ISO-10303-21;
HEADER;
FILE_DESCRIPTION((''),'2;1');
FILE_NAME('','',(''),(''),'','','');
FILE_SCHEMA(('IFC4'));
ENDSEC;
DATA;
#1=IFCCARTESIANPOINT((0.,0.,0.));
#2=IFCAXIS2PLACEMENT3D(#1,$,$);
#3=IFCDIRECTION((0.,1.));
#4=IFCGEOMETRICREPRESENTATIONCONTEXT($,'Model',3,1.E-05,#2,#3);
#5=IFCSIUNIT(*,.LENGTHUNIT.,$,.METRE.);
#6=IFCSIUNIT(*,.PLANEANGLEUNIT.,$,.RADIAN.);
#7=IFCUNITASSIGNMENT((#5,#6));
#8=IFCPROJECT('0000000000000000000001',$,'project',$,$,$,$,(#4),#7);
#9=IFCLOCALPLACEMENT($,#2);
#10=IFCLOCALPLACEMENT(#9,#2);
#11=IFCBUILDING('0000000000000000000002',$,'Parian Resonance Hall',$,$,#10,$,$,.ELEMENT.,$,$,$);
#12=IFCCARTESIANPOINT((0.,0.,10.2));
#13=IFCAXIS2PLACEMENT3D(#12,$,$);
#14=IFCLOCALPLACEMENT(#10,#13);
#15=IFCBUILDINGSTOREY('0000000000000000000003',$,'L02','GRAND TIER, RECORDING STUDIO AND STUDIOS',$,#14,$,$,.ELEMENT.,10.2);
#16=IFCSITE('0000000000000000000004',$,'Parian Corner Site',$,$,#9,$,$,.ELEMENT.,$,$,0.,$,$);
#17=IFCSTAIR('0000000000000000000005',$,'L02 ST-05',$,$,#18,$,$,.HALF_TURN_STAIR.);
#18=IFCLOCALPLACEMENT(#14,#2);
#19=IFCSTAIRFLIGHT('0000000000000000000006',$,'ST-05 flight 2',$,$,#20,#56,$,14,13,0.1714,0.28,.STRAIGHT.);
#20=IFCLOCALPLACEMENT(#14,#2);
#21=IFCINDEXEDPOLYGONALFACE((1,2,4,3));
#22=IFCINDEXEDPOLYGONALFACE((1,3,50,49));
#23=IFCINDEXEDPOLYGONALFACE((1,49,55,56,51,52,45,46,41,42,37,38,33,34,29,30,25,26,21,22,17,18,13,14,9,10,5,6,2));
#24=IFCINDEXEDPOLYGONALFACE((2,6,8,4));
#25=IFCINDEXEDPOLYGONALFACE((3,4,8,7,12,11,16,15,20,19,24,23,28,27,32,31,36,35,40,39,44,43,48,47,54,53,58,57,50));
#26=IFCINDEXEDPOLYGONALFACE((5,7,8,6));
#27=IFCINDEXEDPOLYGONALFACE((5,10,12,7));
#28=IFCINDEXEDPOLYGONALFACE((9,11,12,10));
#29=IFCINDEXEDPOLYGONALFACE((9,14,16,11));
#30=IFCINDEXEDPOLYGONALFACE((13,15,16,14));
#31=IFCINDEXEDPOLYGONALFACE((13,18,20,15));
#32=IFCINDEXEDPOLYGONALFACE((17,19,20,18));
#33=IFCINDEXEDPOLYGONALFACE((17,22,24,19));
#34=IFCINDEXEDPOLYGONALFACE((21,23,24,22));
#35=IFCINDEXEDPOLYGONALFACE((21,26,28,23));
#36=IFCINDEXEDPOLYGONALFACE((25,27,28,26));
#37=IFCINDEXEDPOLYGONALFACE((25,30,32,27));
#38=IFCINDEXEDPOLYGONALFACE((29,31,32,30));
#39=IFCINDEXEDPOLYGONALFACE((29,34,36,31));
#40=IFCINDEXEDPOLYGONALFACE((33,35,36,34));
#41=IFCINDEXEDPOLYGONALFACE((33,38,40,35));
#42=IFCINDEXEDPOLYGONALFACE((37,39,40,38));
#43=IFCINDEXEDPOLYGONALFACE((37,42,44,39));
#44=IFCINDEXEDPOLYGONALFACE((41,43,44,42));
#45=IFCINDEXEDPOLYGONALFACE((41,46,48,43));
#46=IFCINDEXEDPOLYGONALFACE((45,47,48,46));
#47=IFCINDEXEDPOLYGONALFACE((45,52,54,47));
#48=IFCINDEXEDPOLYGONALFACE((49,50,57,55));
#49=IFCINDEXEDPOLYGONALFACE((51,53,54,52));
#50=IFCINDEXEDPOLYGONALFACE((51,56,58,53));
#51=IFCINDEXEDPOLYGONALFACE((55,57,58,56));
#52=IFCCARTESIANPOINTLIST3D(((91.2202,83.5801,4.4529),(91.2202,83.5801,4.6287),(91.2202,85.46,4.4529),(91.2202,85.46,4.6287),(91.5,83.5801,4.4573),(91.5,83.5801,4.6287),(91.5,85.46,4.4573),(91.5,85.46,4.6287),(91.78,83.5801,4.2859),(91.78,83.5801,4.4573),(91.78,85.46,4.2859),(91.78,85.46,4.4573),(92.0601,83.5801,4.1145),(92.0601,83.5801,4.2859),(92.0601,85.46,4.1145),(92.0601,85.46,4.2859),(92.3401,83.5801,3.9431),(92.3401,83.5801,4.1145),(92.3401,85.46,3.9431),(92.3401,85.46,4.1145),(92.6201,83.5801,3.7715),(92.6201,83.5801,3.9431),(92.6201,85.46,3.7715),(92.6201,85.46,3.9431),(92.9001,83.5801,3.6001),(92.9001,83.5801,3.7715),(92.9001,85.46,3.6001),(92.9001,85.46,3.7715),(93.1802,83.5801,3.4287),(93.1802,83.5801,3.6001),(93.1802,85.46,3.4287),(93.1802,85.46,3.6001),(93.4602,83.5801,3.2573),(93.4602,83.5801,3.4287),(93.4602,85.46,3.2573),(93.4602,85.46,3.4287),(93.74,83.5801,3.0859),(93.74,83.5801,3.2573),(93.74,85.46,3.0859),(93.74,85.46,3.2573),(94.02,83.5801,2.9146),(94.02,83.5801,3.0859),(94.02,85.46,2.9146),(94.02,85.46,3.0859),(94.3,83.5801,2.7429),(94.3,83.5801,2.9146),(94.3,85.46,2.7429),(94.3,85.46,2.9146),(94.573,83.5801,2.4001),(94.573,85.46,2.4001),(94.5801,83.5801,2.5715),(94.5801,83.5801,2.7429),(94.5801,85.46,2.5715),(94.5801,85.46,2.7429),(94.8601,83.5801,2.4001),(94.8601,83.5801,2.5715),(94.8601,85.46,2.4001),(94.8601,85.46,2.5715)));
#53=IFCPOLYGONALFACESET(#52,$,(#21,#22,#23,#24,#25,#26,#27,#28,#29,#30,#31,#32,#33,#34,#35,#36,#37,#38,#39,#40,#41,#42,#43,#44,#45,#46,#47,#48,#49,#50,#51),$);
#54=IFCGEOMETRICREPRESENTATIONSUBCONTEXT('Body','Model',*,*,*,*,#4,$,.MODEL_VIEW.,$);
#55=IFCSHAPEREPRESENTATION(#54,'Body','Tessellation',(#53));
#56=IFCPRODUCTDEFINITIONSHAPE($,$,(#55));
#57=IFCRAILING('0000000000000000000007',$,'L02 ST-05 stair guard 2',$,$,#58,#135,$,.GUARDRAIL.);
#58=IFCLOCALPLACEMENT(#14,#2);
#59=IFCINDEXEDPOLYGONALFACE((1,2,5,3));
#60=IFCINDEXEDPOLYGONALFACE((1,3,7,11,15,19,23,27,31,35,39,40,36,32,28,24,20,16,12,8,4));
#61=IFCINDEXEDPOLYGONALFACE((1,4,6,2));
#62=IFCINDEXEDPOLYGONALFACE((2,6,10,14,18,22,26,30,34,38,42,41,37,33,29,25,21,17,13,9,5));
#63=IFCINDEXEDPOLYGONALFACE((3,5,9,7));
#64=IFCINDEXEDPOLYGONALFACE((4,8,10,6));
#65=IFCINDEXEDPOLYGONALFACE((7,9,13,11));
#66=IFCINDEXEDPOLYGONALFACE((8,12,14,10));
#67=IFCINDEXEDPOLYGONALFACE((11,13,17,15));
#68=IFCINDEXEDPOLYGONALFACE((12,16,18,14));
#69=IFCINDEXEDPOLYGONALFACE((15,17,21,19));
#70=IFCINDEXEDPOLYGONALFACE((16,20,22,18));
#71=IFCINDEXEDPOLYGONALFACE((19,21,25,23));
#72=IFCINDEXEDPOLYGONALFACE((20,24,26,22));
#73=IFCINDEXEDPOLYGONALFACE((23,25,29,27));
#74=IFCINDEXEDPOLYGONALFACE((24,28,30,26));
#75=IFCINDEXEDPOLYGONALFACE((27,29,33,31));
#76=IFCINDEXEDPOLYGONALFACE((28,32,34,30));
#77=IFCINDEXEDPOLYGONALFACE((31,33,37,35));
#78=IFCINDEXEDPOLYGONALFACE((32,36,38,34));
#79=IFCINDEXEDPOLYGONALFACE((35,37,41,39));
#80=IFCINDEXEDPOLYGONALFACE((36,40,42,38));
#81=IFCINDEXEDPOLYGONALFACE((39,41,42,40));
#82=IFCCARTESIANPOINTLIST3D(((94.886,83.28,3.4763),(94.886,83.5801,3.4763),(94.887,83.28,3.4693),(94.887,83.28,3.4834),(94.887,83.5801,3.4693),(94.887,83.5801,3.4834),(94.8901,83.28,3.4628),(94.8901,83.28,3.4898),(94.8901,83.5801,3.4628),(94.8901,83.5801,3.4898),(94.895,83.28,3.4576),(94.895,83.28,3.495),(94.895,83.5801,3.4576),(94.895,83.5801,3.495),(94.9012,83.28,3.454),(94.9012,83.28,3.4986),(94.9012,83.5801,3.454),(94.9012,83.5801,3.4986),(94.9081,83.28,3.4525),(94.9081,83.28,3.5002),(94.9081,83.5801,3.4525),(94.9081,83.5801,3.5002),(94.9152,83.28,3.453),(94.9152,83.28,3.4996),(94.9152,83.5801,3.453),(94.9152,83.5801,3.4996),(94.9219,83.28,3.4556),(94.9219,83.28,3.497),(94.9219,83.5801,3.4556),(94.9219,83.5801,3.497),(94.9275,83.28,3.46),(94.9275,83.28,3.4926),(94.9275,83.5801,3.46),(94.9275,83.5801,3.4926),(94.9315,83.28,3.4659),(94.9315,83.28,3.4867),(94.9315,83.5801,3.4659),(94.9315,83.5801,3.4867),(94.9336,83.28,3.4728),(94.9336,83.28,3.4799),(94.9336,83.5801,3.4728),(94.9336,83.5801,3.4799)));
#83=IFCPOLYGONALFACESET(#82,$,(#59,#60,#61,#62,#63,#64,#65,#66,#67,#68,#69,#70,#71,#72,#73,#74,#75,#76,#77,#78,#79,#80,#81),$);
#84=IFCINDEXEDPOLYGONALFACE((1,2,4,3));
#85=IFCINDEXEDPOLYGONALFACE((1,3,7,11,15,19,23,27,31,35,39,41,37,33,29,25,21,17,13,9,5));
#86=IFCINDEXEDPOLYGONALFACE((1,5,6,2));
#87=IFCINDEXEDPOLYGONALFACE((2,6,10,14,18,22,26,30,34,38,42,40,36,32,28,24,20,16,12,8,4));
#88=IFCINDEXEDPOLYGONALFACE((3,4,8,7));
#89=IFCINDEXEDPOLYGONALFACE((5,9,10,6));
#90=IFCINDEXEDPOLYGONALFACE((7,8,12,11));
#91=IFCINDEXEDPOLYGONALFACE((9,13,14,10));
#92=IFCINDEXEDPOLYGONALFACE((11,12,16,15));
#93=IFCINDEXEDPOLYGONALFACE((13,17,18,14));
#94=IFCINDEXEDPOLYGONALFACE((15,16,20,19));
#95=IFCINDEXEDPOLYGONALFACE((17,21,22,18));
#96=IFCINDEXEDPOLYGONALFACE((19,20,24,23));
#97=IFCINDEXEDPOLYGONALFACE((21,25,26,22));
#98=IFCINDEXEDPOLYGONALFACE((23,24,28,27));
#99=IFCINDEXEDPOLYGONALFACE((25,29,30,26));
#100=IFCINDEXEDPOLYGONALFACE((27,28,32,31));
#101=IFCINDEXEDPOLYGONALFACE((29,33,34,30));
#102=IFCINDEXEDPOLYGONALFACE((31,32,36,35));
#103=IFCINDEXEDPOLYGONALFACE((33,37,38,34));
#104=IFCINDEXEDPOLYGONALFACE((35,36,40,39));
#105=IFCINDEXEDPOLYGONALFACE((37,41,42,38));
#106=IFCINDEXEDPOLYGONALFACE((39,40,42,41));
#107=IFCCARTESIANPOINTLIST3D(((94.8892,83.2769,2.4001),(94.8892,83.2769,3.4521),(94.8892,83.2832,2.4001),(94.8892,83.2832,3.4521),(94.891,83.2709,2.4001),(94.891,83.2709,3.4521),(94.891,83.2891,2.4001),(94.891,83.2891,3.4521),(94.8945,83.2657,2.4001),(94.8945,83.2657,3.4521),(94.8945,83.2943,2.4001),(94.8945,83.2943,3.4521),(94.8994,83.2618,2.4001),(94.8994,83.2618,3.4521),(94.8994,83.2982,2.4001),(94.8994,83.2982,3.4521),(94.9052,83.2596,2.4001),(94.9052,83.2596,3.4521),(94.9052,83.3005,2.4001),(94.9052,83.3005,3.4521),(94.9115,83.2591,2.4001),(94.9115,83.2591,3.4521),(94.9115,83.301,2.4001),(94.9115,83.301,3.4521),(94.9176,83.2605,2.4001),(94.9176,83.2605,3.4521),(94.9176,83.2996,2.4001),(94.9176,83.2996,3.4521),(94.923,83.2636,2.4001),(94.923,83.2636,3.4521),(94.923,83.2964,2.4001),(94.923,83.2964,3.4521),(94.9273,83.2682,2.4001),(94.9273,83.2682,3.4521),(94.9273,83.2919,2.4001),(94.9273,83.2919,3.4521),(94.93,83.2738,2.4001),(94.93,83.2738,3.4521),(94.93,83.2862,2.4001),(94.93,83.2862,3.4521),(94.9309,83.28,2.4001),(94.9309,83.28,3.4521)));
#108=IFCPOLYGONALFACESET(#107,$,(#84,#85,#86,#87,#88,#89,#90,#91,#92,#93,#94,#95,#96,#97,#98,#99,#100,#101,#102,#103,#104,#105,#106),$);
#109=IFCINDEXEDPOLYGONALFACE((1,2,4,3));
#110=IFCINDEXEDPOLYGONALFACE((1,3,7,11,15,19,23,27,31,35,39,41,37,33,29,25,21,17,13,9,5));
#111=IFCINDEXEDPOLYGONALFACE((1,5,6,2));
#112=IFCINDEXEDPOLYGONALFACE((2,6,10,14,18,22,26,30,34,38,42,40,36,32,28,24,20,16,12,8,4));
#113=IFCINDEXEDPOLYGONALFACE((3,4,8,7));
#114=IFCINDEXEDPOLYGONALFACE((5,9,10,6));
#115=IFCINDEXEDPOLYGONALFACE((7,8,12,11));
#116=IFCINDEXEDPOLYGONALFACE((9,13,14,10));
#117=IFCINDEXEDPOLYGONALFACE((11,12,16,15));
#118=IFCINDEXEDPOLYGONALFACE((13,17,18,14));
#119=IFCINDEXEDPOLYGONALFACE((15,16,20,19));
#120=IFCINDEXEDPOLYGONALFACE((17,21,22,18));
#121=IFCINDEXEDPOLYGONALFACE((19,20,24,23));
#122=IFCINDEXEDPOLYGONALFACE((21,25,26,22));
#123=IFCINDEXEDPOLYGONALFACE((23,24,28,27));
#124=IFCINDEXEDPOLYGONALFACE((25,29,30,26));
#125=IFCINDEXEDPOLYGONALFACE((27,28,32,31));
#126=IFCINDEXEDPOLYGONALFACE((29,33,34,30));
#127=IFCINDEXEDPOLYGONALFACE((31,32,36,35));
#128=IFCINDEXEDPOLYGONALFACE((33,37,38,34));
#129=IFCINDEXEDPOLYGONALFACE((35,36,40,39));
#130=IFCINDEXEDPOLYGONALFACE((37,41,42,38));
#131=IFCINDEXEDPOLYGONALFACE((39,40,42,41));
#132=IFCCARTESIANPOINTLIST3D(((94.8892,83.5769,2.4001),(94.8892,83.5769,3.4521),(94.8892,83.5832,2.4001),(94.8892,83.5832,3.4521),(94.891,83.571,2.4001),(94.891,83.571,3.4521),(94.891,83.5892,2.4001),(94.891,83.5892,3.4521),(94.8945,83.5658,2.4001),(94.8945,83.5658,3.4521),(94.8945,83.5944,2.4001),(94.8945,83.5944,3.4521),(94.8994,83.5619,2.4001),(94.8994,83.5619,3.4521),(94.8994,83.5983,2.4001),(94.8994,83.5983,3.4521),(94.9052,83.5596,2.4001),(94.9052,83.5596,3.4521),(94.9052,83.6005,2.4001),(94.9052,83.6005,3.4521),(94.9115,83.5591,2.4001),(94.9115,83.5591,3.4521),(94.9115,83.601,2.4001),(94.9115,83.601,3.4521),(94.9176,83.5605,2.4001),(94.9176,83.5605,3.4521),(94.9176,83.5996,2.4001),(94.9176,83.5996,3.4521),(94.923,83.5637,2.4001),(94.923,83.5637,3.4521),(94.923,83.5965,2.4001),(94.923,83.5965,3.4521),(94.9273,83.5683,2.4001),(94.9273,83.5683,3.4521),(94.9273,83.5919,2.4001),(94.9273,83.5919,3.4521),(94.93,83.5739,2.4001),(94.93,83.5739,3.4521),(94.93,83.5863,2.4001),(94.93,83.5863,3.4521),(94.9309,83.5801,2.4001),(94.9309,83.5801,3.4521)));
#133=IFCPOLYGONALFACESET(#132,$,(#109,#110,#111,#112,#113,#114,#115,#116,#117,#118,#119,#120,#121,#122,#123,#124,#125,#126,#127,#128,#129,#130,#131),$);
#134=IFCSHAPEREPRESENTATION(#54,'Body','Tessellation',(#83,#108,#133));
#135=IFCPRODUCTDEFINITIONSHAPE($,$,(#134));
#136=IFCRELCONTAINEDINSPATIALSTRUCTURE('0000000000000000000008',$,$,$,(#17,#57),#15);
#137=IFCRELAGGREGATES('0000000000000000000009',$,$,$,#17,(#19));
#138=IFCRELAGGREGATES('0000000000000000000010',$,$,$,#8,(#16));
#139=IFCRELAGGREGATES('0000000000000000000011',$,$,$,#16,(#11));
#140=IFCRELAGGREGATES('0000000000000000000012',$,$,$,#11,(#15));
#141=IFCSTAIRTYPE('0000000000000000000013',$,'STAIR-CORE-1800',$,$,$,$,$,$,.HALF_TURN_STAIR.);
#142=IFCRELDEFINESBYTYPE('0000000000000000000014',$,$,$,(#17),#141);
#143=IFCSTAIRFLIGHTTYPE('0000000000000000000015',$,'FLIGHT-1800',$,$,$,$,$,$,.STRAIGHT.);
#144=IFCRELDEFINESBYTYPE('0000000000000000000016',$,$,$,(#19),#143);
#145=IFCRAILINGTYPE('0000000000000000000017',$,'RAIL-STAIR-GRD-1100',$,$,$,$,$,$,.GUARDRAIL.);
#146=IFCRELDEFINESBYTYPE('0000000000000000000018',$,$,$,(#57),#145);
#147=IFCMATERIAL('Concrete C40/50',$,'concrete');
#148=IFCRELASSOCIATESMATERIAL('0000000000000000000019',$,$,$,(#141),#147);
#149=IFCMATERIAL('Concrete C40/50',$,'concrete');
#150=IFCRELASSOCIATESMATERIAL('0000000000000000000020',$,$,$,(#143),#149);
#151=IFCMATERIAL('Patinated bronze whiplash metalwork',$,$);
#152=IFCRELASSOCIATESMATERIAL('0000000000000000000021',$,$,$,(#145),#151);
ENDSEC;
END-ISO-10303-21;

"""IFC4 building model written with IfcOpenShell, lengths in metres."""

from ifc_helpers import new_model, si_unit, direction, frame, origin, origin_2d, place, context, subcontext, project, spatial, polyline, circle, outline, extrude, material, type_object, element, aggregate, save


model = new_model("IFC4")

# Units and contexts
model_context = context("Model", 3, precision=1e-05, world=origin(), true_north=direction((0.0, 1.0)))
body_context = subcontext(model_context, "Body", "Model", "MODEL_VIEW")
ifc_project = project(units=[si_unit("LENGTHUNIT", "METRE"), si_unit("PLANEANGLEUNIT", "RADIAN")], contexts=[model_context])

# Site, building, storey
site_placement = place(None, origin())
site = spatial("IfcSite", under=ifc_project, at=site_placement, Name="Parian Corner Site", CompositionType="ELEMENT", RefElevation=0.0)
building_placement = place(site_placement, origin())
building = spatial("IfcBuilding", under=site, at=building_placement, Name="Parian Resonance Hall", CompositionType="ELEMENT")
storey_placement = place(building_placement, frame((0.0, 0.0, 10.2)))
storey = spatial("IfcBuildingStorey", under=building, at=storey_placement, Name="L02", Description="GRAND TIER, RECORDING STUDIO AND STUDIOS", CompositionType="ELEMENT", Elevation=10.2)

# Stair, stair flight
ifc_material_1 = material(Name="Concrete C40/50", Category="concrete")
stair_type = type_object("IfcStairType", Name="STAIR-CORE-1800", PredefinedType="HALF_TURN_STAIR", material=ifc_material_1)
stair_placement = place(storey_placement, origin())
stair = element("IfcStair", 1, at=stair_placement, inside=storey, type_object=stair_type, Name="L02 ST-05", PredefinedType="HALF_TURN_STAIR")
ifc_material_2 = material(Name="Concrete C40/50", Category="concrete")
stair_flight_type = type_object("IfcStairFlightType", Name="FLIGHT-1800", PredefinedType="STRAIGHT", material=ifc_material_2)
stair_flight_placement = place(storey_placement, frame((94.8601, 84.52, 2.4001), z_axis=(0.0, 0.0, 1.0), x_axis=(-1.0, 0.0, 0.0)))
stair_flight = element("IfcStairFlight", 2, at=stair_flight_placement, type_object=stair_flight_type, Name="ST-05 flight 2", NumberOfRisers=14, NumberOfTreads=13, PredefinedType="STRAIGHT", RiserHeight=0.1714, TreadLength=0.28, context=body_context, shape_type="SweptSolid", body=[
    extrude(outline(polyline([(0.0, 0.0), (0.0, 0.1714), (0.28, 0.1714), (0.28, 0.3428), (0.5601, 0.3428), (0.5601, 0.5144), (0.8401, 0.5144), (0.8401, 0.6858), (1.1201, 0.6858), (1.1201, 0.8572), (1.3999, 0.8572), (1.3999, 1.0286), (1.6799, 1.0286), (1.6799, 1.2), (1.96, 1.2), (1.96, 1.3713), (2.24, 1.3713), (2.24, 1.543), (2.52, 1.543), (2.52, 1.7144), (2.8, 1.7144), (2.8, 1.8857), (3.0801, 1.8857), (3.0801, 2.0571), (3.3601, 2.0571), (3.3601, 2.2285), (3.6399, 2.2285), (3.6399, 2.3999), (3.6399, 2.0527), (0.2871, 0.0), (0.0, 0.0)])), frame((0.0, 0.9399, 0.0), z_axis=(0.0, -1.0, 0.0), x_axis=(1.0, 0.0, 0.0)), (0.0, 0.0, 1.0), 1.8799),
])
aggregate(stair, [stair_flight])

# Railing
ifc_material_3 = material(Name="Patinated bronze whiplash metalwork")
railing_type_1 = type_object("IfcRailingType", Name="RAIL-STAIR-GRD-1100", PredefinedType="GUARDRAIL", material=ifc_material_3)
railing_1_placement = place(storey_placement, frame((94.9099, 83.28, 2.4001)))
element("IfcRailing", 3, at=railing_1_placement, inside=storey, type_object=railing_type_1, Name="L02 ST-05 stair guard 2", PredefinedType="GUARDRAIL", context=body_context, shape_type="SweptSolid", body=[
    extrude(circle(Radius=0.0239, at=origin_2d()), frame((0.0, 0.0, 1.0762), z_axis=(0.0, 1.0, 0.0), x_axis=(-1.0, 0.0, 0.0)), (0.0, 0.0, 1.0), 0.3),
    extrude(circle(Radius=0.021, at=origin_2d()), origin(), (0.0, 0.0, 1.0), 1.052),
    extrude(circle(Radius=0.021, at=origin_2d()), frame((0.0, 0.3, 0.0)), (0.0, 0.0, 1.0), 1.052),
])

save(model, "model.ifc")
